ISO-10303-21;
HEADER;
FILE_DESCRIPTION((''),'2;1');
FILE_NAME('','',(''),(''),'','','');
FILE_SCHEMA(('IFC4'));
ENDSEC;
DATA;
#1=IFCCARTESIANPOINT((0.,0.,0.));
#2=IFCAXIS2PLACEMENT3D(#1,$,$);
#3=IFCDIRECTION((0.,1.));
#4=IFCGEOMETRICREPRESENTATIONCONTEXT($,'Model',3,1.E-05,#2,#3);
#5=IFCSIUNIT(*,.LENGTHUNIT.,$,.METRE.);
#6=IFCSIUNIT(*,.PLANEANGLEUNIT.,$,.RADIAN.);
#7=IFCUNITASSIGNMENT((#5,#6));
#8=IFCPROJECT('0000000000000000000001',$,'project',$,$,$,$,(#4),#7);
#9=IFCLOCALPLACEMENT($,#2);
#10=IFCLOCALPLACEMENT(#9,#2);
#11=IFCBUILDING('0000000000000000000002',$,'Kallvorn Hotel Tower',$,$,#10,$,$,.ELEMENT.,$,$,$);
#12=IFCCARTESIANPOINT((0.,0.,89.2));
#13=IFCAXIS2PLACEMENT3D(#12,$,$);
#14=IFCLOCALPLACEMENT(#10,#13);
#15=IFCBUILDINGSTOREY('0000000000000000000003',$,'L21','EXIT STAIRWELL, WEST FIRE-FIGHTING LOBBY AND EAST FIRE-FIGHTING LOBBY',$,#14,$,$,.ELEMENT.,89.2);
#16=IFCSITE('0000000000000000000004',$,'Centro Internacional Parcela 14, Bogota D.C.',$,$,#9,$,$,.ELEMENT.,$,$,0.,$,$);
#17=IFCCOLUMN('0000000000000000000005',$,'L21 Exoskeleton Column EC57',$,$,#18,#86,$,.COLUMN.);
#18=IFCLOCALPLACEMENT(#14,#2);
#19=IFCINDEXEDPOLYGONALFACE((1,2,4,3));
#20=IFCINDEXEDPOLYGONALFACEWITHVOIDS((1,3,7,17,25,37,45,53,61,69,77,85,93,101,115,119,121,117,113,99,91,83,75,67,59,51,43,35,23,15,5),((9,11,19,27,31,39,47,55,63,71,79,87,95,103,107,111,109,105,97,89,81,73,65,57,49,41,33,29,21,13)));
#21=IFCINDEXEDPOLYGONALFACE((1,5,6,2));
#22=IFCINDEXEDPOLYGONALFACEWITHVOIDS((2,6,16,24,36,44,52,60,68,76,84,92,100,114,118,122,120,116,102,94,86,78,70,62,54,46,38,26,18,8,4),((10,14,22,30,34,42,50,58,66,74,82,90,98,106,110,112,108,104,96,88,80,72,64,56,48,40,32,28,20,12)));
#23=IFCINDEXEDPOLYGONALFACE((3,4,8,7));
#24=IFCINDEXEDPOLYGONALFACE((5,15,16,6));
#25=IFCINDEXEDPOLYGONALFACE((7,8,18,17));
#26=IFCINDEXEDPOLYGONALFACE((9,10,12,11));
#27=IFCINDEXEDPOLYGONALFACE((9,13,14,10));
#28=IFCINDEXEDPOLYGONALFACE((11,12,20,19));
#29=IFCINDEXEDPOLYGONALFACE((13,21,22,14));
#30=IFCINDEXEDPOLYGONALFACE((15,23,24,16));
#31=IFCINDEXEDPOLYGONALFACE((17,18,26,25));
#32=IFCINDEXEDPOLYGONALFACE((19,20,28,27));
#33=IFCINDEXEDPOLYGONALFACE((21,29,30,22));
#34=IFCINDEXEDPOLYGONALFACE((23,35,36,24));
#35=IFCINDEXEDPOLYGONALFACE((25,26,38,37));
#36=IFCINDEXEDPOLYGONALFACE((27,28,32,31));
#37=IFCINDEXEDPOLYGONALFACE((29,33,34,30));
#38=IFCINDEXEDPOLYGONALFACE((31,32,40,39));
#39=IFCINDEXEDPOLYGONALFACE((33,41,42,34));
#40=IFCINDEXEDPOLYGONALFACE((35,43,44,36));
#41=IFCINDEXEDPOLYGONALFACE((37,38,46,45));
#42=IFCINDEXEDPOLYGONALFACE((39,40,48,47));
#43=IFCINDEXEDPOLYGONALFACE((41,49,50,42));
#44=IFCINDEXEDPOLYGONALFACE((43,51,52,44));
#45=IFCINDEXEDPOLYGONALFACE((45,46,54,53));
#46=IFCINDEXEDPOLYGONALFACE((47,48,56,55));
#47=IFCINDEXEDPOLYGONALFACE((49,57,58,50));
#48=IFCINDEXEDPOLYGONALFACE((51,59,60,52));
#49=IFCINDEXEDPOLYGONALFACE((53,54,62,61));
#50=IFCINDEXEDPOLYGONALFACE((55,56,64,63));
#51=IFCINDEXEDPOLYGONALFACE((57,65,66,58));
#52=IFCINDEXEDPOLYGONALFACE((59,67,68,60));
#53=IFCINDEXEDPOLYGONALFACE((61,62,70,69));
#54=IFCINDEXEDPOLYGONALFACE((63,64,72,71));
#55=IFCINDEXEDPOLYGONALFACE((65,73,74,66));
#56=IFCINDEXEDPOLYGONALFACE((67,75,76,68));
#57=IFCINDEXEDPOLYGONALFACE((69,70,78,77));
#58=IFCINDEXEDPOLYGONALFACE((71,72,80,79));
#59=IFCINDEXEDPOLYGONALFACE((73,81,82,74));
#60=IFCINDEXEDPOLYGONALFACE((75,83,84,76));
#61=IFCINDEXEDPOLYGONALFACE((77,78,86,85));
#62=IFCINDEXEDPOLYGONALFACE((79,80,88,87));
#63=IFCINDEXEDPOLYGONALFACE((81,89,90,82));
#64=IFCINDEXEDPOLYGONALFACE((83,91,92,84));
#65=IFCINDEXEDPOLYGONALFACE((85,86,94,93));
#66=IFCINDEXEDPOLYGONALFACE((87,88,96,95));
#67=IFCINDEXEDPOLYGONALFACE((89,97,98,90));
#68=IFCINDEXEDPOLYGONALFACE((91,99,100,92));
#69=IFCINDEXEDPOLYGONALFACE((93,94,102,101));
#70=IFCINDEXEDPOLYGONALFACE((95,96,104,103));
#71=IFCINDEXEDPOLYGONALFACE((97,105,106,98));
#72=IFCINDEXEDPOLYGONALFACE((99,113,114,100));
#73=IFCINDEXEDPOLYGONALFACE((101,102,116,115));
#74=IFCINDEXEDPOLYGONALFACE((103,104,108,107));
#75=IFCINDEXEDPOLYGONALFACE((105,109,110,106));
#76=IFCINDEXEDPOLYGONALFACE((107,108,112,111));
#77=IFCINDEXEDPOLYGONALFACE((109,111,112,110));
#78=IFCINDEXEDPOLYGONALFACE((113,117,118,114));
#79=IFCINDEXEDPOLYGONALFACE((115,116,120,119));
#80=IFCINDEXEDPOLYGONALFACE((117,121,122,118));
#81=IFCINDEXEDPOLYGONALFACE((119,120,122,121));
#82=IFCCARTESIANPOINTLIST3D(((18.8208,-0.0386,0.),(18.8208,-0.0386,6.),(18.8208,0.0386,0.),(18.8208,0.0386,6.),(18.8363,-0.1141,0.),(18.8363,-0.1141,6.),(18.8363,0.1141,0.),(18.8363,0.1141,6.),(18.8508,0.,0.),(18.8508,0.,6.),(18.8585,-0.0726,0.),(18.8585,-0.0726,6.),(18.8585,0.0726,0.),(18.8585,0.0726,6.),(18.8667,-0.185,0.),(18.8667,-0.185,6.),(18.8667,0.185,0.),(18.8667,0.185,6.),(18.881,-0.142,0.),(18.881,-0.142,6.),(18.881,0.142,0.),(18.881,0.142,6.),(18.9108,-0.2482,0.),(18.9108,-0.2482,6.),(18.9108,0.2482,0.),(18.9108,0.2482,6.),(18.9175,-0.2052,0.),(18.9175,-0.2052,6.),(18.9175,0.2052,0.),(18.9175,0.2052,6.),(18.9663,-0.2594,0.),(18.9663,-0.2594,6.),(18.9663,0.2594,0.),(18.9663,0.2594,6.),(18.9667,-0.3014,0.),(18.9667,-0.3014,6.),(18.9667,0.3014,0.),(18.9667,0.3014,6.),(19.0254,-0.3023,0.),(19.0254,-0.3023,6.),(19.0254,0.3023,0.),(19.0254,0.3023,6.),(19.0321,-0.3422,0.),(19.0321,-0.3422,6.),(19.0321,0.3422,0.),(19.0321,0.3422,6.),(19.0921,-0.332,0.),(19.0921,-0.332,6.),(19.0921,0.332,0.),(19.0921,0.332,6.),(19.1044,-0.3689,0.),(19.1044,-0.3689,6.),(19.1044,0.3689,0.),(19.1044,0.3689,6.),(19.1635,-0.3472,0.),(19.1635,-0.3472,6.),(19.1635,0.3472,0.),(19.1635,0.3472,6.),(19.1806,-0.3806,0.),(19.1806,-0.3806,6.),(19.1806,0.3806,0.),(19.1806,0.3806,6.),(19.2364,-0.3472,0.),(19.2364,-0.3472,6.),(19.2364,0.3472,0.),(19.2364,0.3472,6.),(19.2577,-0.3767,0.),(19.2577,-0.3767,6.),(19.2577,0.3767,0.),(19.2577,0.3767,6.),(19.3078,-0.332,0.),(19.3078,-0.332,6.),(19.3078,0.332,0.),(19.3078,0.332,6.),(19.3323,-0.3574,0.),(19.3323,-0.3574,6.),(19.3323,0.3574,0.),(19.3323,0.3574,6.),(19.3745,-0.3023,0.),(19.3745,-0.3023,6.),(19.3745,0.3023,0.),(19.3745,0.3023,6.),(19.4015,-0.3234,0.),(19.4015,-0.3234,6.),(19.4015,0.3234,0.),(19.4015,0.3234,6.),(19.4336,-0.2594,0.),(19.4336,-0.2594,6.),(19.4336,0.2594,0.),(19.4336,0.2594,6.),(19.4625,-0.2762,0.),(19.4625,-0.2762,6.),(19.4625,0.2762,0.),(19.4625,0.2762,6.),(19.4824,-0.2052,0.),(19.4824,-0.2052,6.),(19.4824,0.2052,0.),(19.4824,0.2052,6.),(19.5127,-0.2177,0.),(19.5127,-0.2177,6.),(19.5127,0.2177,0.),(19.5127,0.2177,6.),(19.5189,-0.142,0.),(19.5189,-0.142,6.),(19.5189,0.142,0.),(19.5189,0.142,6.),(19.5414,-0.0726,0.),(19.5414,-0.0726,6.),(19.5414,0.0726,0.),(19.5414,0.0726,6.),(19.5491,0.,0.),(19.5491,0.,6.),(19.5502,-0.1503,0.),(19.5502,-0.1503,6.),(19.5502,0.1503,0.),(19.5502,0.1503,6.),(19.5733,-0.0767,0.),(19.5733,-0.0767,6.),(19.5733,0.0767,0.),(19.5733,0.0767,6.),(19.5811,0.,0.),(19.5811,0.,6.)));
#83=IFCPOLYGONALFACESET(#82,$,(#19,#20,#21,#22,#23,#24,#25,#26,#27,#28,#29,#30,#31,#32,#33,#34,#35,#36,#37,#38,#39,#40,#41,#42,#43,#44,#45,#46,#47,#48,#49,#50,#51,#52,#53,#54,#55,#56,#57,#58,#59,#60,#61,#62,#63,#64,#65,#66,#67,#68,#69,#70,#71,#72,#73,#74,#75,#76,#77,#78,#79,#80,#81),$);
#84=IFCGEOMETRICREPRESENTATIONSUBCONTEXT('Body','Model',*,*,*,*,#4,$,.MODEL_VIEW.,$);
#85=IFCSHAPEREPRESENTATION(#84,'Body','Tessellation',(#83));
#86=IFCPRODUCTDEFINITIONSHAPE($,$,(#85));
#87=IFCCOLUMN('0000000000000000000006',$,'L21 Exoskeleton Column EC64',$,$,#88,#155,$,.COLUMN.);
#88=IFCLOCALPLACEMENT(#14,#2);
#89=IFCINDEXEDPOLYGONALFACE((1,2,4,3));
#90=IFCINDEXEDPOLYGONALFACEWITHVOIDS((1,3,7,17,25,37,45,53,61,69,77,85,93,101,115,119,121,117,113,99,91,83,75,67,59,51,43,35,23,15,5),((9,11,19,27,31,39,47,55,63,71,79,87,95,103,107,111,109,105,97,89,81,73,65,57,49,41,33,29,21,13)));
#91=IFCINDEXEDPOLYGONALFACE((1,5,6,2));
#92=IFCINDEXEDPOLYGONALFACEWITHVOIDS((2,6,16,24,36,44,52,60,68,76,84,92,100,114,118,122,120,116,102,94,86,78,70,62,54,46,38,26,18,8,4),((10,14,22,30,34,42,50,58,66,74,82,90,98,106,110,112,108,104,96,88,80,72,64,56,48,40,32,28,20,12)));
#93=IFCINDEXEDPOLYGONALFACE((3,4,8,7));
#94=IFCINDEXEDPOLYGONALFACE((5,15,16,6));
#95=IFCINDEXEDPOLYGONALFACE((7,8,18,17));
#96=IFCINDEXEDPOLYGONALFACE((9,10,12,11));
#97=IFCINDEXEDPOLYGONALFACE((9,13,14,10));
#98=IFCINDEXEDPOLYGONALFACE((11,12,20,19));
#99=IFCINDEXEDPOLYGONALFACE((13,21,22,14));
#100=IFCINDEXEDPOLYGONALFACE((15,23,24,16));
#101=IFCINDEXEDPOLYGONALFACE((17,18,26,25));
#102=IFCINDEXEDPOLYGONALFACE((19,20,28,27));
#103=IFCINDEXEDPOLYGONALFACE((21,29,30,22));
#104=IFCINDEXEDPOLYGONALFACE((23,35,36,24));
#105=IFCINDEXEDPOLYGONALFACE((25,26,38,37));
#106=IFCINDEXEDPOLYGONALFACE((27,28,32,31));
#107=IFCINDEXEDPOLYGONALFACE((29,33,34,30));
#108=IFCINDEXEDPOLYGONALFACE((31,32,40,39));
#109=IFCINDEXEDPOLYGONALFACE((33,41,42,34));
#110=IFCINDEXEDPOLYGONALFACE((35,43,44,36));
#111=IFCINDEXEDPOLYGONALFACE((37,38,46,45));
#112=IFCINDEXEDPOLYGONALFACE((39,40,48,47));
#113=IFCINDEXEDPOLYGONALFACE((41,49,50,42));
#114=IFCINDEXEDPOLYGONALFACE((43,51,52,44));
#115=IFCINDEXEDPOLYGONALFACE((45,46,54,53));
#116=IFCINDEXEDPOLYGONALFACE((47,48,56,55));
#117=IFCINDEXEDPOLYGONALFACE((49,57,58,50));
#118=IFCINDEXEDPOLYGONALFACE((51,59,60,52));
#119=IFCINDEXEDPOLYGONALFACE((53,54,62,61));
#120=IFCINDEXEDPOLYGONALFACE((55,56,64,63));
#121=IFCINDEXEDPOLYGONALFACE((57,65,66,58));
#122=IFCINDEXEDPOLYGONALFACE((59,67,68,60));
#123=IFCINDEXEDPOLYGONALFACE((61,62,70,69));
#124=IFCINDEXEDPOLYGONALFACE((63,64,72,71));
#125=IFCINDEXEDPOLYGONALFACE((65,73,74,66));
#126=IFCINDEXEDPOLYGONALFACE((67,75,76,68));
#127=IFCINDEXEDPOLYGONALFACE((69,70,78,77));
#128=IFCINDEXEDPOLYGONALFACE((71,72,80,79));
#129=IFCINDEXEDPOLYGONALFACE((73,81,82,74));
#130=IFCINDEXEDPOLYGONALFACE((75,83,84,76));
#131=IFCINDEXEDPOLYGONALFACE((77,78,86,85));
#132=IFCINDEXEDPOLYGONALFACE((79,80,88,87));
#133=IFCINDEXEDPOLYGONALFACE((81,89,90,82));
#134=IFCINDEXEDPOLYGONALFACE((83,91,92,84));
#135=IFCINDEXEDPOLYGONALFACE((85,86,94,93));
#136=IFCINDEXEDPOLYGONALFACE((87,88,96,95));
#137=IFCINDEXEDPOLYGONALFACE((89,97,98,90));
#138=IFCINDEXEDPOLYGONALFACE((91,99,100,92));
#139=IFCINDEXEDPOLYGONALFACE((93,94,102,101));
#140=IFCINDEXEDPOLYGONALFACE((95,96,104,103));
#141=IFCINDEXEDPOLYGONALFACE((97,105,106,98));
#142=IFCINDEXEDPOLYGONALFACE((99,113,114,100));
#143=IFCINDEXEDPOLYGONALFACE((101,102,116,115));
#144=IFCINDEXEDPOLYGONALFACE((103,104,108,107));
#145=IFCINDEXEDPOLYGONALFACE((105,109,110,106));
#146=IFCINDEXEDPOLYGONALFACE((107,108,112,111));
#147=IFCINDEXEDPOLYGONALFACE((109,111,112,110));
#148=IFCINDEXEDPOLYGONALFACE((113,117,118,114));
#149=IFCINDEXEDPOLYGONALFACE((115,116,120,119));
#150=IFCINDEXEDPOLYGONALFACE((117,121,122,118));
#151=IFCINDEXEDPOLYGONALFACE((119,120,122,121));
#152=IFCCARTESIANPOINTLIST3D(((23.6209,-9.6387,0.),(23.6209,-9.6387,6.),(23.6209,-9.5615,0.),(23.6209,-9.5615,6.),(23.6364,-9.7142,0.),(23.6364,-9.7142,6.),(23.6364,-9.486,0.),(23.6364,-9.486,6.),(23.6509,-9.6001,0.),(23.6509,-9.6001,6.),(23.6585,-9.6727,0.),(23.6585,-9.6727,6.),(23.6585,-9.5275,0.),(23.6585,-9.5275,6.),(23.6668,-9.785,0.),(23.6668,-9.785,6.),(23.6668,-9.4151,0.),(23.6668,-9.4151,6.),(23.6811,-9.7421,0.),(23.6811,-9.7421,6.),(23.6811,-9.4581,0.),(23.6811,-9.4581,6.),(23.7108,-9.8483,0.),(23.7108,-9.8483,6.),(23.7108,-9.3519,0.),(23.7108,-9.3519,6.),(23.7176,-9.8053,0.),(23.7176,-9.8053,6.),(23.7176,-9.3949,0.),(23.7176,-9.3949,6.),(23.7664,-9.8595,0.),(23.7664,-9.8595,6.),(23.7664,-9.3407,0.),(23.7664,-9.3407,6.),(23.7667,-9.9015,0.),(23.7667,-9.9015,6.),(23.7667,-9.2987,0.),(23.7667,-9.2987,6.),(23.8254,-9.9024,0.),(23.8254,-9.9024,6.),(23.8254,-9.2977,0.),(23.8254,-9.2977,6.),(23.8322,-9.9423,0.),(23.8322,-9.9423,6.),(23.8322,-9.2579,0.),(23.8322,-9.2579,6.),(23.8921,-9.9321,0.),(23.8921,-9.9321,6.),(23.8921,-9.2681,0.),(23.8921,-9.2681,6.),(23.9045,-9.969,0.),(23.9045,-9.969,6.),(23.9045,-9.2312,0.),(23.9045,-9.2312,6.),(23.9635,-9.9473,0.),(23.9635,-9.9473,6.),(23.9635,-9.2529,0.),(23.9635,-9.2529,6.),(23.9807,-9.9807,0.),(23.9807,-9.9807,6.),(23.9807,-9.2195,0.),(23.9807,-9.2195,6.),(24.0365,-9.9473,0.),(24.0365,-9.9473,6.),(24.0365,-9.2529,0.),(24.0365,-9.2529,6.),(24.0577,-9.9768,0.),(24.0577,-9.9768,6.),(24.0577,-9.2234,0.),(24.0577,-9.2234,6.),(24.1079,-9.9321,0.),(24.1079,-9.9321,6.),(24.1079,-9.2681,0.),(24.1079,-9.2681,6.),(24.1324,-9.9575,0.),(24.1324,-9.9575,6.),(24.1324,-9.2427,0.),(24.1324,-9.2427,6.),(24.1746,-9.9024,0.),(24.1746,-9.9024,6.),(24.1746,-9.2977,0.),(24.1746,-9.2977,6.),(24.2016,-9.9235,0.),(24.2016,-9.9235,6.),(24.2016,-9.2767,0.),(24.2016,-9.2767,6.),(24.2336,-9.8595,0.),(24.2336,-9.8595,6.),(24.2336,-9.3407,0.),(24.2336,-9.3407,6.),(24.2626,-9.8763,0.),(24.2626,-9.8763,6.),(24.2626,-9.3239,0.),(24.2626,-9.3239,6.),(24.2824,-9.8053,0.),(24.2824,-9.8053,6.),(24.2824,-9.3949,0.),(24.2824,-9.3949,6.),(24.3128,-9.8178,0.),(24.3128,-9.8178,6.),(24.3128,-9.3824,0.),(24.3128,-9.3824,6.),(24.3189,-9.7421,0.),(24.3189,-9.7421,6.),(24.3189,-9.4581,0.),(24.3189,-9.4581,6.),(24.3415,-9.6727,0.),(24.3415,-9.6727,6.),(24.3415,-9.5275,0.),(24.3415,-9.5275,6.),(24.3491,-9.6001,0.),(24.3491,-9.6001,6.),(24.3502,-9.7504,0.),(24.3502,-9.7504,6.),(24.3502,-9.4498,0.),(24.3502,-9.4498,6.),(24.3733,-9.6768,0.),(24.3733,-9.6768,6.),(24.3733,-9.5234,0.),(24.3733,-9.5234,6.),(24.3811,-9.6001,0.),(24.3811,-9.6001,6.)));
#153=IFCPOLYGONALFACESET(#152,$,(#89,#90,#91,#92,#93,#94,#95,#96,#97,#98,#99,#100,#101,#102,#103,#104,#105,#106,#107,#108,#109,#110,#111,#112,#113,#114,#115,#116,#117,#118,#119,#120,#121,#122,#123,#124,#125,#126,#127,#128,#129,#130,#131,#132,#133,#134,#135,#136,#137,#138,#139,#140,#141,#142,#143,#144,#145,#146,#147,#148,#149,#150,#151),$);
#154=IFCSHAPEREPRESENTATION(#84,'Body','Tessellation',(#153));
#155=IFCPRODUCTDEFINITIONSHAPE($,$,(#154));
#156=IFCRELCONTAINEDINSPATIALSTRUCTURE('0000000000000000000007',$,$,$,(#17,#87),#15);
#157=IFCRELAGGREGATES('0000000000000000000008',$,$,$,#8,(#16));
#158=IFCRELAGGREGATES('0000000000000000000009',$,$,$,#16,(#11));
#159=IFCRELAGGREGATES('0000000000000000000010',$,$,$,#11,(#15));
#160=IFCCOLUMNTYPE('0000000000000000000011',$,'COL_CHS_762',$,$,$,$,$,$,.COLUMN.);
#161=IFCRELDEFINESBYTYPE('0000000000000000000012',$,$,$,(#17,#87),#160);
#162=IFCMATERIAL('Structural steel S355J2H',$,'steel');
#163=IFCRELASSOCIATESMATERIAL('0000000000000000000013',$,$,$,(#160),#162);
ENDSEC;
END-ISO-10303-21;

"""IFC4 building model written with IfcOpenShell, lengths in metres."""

from ifc_helpers import new_model, si_unit, direction, frame, origin, origin_2d, place, context, subcontext, project, spatial, hollow_circle, extrude, material, material_profile, profile_set, type_object, element, save


model = new_model("IFC4")

# Units and contexts
model_context = context("Model", 3, precision=1e-05, world=origin(), true_north=direction((0.0, 1.0)))
body_context = subcontext(model_context, "Body", "Model", "MODEL_VIEW")
ifc_project = project(units=[si_unit("LENGTHUNIT", "METRE"), si_unit("PLANEANGLEUNIT", "RADIAN")], contexts=[model_context])

# Site, building, storey
site_placement = place(None, origin())
site = spatial("IfcSite", under=ifc_project, at=site_placement, Name="Centro Internacional Parcela 14, Bogota D.C.", CompositionType="ELEMENT", RefElevation=0.0)
building_placement = place(site_placement, origin())
building = spatial("IfcBuilding", under=site, at=building_placement, Name="Kallvorn Hotel Tower", CompositionType="ELEMENT")
storey_placement = place(building_placement, frame((0.0, 0.0, 89.2)))
storey = spatial("IfcBuildingStorey", under=building, at=storey_placement, Name="L21", Description="EXIT STAIRWELL, WEST FIRE-FIGHTING LOBBY AND EAST FIRE-FIGHTING LOBBY", CompositionType="ELEMENT", Elevation=89.2)

# Columns
ifc_material_1 = material(Name="Structural steel S355J2H", Category="steel")
ifc_material_profile_1 = material_profile(ifc_material_1, hollow_circle(Radius=0.3811, WallThickness=0.032, at=origin_2d()), Name="CHS 762x32")
ifc_profile_set_1 = profile_set([ifc_material_profile_1], Name="Structural steel S355J2H")
column_type_1 = type_object("IfcColumnType", Name="COL_CHS_762", PredefinedType="COLUMN", material=ifc_profile_set_1)
for number, where, z_axis, x_axis, name in (
    (1, (19.2, 0.0, 0.0), (0.0, 0.0, 1.0), (1.0, 0.0, 0.0), "L21 Exoskeleton Column EC57"),
    (2, (24.0, -9.6001, 0.0), (0.0, 0.0, 1.0), (1.0, 0.0, 0.0), "L21 Exoskeleton Column EC64"),
):
    element("IfcColumn", number, at=place(storey_placement, frame(where, z_axis=z_axis, x_axis=x_axis)), inside=storey, type_object=column_type_1, Name=name, PredefinedType="COLUMN", context=body_context, shape_type="SweptSolid", body=[
        extrude(hollow_circle(Radius=0.3811, WallThickness=0.032, at=origin_2d()), origin(), (0.0, 0.0, 1.0), 6.0),
    ])

save(model, "model.ifc")
